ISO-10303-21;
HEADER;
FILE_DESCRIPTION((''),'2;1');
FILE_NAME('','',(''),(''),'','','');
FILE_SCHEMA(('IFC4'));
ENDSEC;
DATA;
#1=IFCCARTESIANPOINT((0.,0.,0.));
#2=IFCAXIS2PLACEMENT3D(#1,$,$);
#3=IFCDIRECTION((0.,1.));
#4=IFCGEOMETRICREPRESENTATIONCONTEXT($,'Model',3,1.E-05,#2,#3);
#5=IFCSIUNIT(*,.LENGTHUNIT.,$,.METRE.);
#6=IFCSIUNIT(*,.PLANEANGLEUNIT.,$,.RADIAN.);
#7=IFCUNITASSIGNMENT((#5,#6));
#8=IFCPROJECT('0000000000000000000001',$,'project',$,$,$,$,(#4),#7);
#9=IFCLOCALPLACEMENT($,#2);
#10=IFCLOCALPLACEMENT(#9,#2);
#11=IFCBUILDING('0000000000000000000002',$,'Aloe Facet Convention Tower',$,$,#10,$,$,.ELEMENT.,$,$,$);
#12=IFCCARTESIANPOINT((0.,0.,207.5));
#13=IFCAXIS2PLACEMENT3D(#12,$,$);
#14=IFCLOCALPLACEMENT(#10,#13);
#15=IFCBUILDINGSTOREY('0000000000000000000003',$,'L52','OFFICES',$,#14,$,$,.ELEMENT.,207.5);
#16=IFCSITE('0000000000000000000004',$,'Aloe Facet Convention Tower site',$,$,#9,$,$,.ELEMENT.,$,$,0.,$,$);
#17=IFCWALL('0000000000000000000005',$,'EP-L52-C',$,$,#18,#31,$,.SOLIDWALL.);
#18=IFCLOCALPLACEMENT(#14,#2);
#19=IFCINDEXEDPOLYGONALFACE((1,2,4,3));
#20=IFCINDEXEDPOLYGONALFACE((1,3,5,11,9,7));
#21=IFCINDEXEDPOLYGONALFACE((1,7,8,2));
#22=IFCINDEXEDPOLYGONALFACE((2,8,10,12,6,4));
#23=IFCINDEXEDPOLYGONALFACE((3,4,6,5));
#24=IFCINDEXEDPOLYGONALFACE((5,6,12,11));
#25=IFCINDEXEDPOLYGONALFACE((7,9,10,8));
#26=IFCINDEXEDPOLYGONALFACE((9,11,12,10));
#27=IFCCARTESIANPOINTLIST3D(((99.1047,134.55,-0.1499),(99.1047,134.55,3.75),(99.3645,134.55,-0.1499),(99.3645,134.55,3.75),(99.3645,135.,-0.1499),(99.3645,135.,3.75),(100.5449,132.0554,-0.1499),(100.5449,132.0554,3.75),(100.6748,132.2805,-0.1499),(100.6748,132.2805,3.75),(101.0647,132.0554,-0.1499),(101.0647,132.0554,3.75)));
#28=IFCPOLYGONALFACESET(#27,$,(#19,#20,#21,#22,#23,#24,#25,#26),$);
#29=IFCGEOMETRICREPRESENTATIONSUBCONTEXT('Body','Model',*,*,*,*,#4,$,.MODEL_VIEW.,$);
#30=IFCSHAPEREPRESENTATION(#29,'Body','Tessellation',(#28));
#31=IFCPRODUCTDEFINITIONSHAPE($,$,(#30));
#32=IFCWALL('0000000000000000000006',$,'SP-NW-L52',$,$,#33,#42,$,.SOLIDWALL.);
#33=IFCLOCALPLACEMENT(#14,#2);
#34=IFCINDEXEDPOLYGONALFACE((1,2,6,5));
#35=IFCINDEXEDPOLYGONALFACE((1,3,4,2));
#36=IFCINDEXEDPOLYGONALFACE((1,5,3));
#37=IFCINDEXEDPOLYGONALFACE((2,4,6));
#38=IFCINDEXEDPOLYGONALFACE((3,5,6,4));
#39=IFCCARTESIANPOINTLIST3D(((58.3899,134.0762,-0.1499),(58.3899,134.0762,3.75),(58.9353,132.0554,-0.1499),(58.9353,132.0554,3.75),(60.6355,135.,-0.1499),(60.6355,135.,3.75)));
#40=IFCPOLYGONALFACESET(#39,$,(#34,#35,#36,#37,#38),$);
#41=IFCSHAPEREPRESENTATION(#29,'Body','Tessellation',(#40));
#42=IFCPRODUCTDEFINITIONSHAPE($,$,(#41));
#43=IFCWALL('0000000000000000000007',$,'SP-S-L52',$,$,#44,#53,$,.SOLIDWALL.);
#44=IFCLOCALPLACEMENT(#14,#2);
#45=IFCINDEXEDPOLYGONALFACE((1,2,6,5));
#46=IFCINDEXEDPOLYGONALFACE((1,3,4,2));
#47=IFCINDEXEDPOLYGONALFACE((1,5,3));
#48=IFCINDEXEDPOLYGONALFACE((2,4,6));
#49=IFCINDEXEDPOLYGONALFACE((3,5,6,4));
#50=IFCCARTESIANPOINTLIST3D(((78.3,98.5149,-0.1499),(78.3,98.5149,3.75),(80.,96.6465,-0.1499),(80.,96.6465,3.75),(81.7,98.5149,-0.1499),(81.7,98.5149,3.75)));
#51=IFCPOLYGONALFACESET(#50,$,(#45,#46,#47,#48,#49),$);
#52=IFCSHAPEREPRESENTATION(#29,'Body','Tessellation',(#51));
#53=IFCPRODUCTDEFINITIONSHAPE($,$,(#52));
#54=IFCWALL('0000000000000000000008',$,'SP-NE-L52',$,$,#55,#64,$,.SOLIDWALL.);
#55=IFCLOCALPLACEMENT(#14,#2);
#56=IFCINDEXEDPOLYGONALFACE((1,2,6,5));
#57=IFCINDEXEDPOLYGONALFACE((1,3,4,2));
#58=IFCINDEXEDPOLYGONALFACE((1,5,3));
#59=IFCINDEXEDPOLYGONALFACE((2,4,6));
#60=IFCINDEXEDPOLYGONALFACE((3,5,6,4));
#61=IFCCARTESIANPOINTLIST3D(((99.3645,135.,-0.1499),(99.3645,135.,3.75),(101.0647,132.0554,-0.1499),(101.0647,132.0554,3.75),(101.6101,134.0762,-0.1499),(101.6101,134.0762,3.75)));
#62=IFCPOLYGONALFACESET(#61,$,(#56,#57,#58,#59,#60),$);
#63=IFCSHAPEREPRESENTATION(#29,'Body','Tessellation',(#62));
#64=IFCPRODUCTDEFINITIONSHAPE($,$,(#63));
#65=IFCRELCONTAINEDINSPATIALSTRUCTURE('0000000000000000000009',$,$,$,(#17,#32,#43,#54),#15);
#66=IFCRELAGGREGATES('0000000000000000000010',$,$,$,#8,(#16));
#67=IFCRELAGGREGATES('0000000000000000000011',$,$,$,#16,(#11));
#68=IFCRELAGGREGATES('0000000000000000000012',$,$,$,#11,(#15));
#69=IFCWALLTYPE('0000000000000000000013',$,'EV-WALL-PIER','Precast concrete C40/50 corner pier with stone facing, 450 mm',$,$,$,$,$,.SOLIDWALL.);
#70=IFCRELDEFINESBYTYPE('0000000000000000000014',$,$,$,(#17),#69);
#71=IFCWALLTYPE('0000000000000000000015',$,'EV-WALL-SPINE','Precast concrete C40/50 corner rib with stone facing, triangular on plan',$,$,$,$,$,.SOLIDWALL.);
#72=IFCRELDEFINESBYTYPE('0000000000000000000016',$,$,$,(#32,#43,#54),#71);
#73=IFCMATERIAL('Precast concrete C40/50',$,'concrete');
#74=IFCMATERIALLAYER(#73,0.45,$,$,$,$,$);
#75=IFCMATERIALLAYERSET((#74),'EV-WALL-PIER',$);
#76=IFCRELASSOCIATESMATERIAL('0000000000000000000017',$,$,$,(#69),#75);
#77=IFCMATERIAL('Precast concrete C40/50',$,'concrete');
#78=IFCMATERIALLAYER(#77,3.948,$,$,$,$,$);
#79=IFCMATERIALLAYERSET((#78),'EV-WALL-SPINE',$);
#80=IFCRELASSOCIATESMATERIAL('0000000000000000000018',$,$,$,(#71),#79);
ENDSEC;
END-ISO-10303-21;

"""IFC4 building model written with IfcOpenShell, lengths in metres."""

from ifc_helpers import new_model, si_unit, direction, frame, origin, place, context, subcontext, project, spatial, polyline, outline, extrude, material, layer, layer_set, type_object, element, save


model = new_model("IFC4")

# Units and contexts
model_context = context("Model", 3, precision=1e-05, world=origin(), true_north=direction((0.0, 1.0)))
body_context = subcontext(model_context, "Body", "Model", "MODEL_VIEW")
ifc_project = project(units=[si_unit("LENGTHUNIT", "METRE"), si_unit("PLANEANGLEUNIT", "RADIAN")], contexts=[model_context])

# Site, building, storey
site_placement = place(None, origin())
site = spatial("IfcSite", under=ifc_project, at=site_placement, Name="Aloe Facet Convention Tower site", CompositionType="ELEMENT", RefElevation=0.0)
building_placement = place(site_placement, origin())
building = spatial("IfcBuilding", under=site, at=building_placement, Name="Aloe Facet Convention Tower", CompositionType="ELEMENT")
storey_placement = place(building_placement, frame((0.0, 0.0, 207.5)))
storey = spatial("IfcBuildingStorey", under=building, at=storey_placement, Name="L52", Description="OFFICES", CompositionType="ELEMENT", Elevation=207.5)

# Walls
ifc_material_1 = material(Name="Precast concrete C40/50", Category="concrete")
ifc_layer_1 = layer(ifc_material_1, 0.45)
ifc_layer_set_1 = layer_set([ifc_layer_1], Name="EV-WALL-PIER")
wall_type_1 = type_object("IfcWallType", Name="EV-WALL-PIER", Description="Precast concrete C40/50 corner pier with stone facing, 450 mm", PredefinedType="SOLIDWALL", material=ifc_layer_set_1)
wall_1_placement = place(storey_placement, frame((0.0, 0.0, -0.1499)))
element("IfcWall", 1, at=wall_1_placement, inside=storey, type_object=wall_type_1, Name="EP-L52-C", PredefinedType="SOLIDWALL", context=body_context, shape_type="SweptSolid", body=[
    extrude(outline(polyline([(101.0647, 132.0554), (100.6748, 132.2805), (100.5449, 132.0554), (99.1047, 134.55), (99.3645, 134.55), (99.3645, 135.0), (101.0647, 132.0554)])), origin(), (0.0, 0.0, 1.0), 3.8999),
])
ifc_material_2 = material(Name="Precast concrete C40/50", Category="concrete")
ifc_layer_2 = layer(ifc_material_2, 3.948)
ifc_layer_set_2 = layer_set([ifc_layer_2], Name="EV-WALL-SPINE")
wall_type_2 = type_object("IfcWallType", Name="EV-WALL-SPINE", Description="Precast concrete C40/50 corner rib with stone facing, triangular on plan", PredefinedType="SOLIDWALL", material=ifc_layer_set_2)
wall_2_placement = place(storey_placement, frame((0.0, 0.0, -0.1499)))
element("IfcWall", 2, at=wall_2_placement, inside=storey, type_object=wall_type_2, Name="SP-NW-L52", PredefinedType="SOLIDWALL", context=body_context, shape_type="SweptSolid", body=[
    extrude(outline(polyline([(60.6355, 135.0), (58.3899, 134.0762), (58.9353, 132.0554), (60.6355, 135.0)])), origin(), (0.0, 0.0, 1.0), 3.8999),
])
wall_3_placement = place(storey_placement, frame((0.0, 0.0, -0.1499)))
element("IfcWall", 3, at=wall_3_placement, inside=storey, type_object=wall_type_2, Name="SP-S-L52", PredefinedType="SOLIDWALL", context=body_context, shape_type="SweptSolid", body=[
    extrude(outline(polyline([(78.3, 98.5149), (80.0, 96.6465), (81.7, 98.5149), (78.3, 98.5149)])), origin(), (0.0, 0.0, 1.0), 3.8999),
])
wall_4_placement = place(storey_placement, frame((0.0, 0.0, -0.1499)))
element("IfcWall", 4, at=wall_4_placement, inside=storey, type_object=wall_type_2, Name="SP-NE-L52", PredefinedType="SOLIDWALL", context=body_context, shape_type="SweptSolid", body=[
    extrude(outline(polyline([(101.0647, 132.0554), (101.6101, 134.0762), (99.3645, 135.0), (101.0647, 132.0554)])), origin(), (0.0, 0.0, 1.0), 3.8999),
])

save(model, "model.ifc")
